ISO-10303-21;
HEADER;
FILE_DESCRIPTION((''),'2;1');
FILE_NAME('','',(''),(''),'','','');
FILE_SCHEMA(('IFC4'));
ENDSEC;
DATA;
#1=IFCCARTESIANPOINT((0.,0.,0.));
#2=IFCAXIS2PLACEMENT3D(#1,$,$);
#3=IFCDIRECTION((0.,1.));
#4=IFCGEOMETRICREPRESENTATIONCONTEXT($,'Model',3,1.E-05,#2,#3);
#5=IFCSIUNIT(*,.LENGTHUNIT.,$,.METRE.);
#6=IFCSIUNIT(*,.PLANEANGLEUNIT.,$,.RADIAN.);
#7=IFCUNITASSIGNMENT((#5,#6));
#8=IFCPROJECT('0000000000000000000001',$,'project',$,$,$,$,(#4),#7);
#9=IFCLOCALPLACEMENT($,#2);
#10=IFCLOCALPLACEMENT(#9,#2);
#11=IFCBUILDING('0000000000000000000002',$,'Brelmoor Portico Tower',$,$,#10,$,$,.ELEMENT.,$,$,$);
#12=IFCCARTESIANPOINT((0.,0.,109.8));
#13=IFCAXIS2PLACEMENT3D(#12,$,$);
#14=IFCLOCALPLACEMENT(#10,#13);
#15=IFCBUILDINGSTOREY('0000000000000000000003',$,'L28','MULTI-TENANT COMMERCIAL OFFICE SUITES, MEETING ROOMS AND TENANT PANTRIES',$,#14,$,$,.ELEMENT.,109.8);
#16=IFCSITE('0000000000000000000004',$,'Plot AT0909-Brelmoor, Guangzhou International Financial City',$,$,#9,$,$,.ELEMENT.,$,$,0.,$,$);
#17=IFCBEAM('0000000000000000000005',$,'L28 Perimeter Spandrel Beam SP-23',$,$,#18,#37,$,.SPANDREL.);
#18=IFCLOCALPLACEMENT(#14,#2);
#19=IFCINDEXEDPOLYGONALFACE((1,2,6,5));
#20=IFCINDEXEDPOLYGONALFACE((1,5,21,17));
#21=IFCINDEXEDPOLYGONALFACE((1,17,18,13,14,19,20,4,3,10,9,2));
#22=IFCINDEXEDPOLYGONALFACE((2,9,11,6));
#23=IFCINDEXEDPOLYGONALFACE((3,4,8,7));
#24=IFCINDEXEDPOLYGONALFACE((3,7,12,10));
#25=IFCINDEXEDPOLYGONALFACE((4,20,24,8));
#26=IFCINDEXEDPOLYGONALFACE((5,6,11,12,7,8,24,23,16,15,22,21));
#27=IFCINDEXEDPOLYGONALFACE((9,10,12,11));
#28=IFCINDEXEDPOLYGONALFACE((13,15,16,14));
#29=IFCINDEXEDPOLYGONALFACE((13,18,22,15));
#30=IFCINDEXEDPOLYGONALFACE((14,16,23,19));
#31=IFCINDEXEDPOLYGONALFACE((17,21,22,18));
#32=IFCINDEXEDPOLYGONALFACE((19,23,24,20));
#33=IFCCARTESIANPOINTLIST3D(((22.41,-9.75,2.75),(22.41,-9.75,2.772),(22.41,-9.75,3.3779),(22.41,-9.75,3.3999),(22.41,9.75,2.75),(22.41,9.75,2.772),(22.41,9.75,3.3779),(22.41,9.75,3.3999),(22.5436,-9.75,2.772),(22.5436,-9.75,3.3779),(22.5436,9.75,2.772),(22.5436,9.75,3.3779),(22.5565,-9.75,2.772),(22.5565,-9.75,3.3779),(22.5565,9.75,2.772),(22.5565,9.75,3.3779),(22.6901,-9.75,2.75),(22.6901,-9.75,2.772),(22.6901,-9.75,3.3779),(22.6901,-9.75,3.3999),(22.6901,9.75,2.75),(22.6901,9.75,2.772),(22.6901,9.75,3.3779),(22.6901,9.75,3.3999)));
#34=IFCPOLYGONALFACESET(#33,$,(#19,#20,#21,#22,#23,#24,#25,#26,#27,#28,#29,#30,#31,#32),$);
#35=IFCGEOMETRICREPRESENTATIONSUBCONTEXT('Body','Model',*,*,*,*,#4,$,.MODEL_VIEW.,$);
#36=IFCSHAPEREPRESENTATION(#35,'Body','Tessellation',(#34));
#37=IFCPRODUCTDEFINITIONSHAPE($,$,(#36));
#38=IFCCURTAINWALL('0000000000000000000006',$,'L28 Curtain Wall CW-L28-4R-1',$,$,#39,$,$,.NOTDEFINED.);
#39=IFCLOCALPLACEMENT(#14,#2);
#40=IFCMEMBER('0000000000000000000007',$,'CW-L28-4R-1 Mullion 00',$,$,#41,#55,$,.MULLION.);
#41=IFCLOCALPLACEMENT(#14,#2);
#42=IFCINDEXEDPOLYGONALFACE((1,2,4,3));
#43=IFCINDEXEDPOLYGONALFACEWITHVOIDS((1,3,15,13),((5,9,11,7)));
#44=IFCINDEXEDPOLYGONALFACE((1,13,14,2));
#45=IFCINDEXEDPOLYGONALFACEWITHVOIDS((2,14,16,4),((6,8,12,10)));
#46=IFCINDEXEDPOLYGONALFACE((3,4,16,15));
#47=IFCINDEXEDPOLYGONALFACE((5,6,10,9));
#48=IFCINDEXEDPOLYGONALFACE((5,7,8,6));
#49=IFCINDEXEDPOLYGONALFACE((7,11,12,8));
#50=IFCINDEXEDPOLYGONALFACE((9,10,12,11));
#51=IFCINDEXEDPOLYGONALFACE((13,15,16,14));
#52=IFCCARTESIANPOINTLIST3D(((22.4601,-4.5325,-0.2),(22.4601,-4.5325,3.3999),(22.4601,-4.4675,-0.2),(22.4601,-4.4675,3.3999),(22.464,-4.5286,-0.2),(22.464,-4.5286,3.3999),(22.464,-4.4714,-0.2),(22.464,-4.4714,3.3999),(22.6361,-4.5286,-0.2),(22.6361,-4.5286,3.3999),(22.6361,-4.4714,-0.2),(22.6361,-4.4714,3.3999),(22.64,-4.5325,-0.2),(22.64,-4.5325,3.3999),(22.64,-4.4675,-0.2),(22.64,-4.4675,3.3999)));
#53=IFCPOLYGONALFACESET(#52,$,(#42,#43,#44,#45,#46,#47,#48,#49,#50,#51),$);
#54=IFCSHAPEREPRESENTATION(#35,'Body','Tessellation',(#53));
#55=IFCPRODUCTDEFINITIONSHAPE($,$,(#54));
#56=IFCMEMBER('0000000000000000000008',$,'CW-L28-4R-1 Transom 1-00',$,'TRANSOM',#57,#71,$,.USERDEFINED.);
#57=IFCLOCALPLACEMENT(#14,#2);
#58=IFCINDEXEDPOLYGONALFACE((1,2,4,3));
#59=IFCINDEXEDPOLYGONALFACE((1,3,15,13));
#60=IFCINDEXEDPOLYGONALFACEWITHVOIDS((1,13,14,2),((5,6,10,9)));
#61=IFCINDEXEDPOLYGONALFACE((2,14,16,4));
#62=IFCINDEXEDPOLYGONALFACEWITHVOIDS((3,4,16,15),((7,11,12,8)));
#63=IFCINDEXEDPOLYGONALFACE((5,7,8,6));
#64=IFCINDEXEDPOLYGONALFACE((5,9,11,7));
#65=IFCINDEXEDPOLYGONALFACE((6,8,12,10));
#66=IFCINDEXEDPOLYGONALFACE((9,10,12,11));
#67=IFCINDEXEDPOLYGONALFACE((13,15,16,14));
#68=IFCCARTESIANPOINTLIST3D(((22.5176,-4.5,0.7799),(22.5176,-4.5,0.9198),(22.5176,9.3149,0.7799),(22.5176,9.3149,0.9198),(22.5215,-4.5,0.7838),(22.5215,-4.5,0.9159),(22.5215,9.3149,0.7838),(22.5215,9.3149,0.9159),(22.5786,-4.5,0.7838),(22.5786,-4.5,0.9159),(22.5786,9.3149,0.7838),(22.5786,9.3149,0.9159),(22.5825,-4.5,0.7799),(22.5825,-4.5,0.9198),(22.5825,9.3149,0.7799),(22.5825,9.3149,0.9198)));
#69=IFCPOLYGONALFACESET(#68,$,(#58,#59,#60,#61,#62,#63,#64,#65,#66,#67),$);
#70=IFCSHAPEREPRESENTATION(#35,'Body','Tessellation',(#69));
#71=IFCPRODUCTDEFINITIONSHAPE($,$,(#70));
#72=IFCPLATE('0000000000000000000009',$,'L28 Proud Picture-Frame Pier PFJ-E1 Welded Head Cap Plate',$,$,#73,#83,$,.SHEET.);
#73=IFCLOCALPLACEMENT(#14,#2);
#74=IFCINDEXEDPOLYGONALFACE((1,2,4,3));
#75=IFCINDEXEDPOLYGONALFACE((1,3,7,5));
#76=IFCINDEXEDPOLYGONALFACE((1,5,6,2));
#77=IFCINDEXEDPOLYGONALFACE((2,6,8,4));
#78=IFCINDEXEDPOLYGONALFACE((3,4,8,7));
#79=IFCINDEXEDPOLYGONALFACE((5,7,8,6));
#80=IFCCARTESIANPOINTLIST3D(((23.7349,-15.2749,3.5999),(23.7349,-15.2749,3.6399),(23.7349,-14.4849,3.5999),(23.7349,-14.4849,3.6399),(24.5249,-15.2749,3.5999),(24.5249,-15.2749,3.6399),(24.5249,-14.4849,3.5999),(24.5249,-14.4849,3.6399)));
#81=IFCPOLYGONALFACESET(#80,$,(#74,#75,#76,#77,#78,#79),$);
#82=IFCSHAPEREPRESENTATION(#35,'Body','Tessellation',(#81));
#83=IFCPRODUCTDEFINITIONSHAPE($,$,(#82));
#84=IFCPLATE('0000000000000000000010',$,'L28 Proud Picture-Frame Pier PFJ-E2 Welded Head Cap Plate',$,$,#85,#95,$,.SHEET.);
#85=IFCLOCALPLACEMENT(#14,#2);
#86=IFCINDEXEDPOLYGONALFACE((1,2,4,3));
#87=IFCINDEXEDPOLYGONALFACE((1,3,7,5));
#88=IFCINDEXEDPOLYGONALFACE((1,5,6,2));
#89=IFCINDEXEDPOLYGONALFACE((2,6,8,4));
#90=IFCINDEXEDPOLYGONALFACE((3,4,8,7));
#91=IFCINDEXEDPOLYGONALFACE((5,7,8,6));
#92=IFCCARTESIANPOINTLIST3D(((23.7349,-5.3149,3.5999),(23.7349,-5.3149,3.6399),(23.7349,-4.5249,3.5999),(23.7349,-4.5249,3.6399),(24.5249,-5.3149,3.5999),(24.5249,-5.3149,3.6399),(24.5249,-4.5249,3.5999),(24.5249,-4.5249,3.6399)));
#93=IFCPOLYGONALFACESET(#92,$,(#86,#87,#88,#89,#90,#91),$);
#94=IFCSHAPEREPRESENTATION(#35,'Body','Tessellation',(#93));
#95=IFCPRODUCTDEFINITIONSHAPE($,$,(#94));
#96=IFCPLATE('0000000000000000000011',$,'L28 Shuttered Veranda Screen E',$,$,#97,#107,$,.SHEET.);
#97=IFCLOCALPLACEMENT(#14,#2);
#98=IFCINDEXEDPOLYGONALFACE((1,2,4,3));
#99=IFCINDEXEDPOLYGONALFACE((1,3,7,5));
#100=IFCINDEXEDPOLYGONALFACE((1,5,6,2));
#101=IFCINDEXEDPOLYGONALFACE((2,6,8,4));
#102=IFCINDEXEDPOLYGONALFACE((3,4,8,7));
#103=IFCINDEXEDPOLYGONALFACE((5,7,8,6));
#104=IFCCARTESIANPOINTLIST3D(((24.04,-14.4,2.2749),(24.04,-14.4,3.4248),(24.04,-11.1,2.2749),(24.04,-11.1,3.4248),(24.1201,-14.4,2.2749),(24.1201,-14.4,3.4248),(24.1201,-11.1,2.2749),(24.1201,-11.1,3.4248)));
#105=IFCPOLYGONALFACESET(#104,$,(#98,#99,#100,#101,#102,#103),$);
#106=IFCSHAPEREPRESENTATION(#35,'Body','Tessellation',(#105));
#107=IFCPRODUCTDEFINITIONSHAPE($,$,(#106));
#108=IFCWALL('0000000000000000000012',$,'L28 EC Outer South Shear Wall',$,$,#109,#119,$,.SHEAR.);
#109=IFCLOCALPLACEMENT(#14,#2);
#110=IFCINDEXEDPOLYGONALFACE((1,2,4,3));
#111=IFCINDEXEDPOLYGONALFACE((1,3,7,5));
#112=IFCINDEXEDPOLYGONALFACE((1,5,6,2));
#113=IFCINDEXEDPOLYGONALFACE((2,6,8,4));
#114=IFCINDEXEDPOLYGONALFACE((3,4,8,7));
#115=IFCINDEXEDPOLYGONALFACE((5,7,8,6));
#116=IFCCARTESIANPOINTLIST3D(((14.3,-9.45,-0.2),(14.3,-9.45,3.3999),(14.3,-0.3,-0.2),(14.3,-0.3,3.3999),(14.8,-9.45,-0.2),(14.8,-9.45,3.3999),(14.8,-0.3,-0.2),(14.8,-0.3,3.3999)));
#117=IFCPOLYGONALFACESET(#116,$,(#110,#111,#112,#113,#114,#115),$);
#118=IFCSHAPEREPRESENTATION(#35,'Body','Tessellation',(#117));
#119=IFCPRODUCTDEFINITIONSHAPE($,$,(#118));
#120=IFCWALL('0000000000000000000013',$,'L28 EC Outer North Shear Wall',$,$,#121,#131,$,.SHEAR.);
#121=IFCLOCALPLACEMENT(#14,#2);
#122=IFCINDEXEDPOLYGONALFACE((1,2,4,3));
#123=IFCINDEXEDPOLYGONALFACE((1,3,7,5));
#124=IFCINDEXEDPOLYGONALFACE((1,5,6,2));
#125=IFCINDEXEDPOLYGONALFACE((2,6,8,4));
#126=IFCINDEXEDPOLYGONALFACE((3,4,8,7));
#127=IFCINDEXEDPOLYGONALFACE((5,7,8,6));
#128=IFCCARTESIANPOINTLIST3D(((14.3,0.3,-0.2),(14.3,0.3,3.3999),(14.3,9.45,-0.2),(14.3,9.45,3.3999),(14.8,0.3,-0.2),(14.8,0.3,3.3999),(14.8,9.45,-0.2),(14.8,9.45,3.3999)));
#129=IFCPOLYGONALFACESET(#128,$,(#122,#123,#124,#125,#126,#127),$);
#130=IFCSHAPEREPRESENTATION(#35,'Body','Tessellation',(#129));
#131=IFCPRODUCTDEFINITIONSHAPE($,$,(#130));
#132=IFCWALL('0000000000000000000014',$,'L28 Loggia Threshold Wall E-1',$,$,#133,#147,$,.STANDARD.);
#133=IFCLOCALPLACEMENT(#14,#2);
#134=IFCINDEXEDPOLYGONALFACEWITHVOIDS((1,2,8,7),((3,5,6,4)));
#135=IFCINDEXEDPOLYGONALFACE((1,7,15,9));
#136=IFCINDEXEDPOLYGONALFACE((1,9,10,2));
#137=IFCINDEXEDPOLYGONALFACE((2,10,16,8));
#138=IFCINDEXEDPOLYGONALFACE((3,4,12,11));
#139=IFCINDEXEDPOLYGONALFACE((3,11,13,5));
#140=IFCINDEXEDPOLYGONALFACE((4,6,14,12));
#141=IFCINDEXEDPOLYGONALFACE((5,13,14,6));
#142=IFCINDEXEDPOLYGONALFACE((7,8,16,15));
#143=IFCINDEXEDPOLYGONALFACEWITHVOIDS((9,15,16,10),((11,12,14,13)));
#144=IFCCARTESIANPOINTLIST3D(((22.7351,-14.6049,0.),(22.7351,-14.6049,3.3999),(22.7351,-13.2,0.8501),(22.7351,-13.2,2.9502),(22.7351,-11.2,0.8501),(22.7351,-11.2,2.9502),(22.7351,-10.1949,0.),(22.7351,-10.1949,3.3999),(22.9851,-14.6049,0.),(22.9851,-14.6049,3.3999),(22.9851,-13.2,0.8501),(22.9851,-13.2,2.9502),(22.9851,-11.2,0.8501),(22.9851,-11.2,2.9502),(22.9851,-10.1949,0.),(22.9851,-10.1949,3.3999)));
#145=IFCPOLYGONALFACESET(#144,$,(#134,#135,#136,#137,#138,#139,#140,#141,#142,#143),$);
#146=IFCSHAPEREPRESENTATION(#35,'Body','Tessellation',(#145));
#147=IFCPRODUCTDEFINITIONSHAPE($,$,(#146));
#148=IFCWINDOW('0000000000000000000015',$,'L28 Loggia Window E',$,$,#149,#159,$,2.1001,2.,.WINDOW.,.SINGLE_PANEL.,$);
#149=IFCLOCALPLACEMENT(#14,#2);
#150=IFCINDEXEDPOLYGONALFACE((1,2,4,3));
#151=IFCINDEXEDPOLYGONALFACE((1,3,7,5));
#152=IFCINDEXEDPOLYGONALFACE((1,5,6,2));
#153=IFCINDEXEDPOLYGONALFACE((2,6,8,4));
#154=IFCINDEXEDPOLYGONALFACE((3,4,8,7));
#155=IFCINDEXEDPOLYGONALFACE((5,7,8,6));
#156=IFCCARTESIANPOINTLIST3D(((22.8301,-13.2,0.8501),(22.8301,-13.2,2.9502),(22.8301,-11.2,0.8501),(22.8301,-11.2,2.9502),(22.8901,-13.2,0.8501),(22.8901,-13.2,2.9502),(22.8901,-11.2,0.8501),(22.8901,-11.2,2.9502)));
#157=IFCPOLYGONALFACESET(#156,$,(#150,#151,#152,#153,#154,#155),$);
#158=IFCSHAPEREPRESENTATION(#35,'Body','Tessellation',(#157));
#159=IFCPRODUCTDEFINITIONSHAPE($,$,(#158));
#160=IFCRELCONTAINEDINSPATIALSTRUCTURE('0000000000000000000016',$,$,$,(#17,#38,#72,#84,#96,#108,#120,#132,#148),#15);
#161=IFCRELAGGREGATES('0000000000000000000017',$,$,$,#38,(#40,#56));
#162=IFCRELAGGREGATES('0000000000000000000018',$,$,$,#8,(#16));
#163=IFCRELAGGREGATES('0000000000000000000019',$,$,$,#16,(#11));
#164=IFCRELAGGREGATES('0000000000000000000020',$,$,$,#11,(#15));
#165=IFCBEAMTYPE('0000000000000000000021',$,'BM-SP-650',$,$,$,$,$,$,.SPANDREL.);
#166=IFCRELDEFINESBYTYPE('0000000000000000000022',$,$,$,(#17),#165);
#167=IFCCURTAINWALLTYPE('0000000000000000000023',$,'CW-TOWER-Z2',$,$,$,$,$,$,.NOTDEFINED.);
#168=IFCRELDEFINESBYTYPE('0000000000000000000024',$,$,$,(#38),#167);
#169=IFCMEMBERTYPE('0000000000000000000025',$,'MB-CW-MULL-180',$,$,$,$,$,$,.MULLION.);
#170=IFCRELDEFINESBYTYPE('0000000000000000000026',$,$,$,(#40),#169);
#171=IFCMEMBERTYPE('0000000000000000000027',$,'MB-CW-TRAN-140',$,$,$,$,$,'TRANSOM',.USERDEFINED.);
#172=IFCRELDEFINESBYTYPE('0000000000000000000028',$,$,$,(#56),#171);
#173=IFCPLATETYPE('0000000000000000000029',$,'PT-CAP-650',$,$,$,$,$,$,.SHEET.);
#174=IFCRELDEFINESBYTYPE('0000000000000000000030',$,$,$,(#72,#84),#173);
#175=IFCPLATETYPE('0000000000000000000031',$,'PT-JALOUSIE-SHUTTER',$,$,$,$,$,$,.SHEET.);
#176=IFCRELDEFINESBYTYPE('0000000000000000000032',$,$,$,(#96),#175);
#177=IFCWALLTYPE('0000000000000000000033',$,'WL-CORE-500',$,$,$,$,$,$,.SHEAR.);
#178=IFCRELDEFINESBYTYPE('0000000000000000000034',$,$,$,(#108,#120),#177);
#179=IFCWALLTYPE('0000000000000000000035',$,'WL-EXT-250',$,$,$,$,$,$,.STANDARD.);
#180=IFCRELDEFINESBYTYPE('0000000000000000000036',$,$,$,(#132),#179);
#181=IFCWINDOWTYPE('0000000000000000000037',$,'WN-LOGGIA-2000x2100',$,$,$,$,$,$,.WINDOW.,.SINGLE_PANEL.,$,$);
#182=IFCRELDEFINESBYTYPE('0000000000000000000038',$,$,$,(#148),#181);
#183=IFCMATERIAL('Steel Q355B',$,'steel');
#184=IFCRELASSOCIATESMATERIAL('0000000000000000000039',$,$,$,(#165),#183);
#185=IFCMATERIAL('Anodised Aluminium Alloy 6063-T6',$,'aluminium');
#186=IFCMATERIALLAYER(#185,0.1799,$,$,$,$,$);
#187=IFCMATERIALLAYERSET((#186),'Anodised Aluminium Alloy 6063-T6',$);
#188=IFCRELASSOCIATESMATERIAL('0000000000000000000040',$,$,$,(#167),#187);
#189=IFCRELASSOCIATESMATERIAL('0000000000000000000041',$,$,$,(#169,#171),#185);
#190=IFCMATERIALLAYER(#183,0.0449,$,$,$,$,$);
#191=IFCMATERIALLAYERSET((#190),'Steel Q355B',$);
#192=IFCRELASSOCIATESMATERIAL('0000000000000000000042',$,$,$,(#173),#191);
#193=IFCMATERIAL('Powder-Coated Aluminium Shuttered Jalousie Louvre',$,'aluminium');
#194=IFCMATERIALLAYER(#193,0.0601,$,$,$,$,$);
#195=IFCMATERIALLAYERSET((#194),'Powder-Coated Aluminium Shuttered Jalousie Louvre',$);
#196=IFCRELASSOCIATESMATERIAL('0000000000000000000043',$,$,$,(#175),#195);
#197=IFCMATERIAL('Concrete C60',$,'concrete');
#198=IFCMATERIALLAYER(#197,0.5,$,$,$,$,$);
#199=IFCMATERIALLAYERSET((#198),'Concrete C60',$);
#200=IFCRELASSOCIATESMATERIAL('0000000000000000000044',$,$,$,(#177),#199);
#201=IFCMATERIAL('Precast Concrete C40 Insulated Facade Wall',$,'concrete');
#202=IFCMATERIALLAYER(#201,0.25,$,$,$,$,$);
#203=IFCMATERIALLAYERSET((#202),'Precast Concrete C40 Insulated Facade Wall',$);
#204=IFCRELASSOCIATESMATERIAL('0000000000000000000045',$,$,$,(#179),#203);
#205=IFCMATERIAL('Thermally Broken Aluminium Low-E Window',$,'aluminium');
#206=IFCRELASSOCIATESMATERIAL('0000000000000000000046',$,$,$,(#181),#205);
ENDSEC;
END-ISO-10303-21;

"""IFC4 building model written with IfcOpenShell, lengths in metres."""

from ifc_helpers import new_model, si_unit, direction, frame, frame_2d, origin, origin_2d, place, context, subcontext, project, spatial, rectangle, hollow_rectangle, i_section, extrude, material, layer, layer_set, material_profile, profile_set, type_object, element, fill, aggregate, save


model = new_model("IFC4")

# Units and contexts
model_context = context("Model", 3, precision=1e-05, world=origin(), true_north=direction((0.0, 1.0)))
body_context = subcontext(model_context, "Body", "Model", "MODEL_VIEW")
ifc_project = project(units=[si_unit("LENGTHUNIT", "METRE"), si_unit("PLANEANGLEUNIT", "RADIAN")], contexts=[model_context])

# Site, building, storey
site_placement = place(None, origin())
site = spatial("IfcSite", under=ifc_project, at=site_placement, Name="Plot AT0909-Brelmoor, Guangzhou International Financial City", CompositionType="ELEMENT", RefElevation=0.0)
building_placement = place(site_placement, origin())
building = spatial("IfcBuilding", under=site, at=building_placement, Name="Brelmoor Portico Tower", CompositionType="ELEMENT")
storey_placement = place(building_placement, frame((0.0, 0.0, 109.8)))
storey = spatial("IfcBuildingStorey", under=building, at=storey_placement, Name="L28", Description="MULTI-TENANT COMMERCIAL OFFICE SUITES, MEETING ROOMS AND TENANT PANTRIES", CompositionType="ELEMENT", Elevation=109.8)

# Shared definitions
ifc_material_1 = material(Name="Steel Q355B", Category="steel")

# Beam
ifc_material_profile_1 = material_profile(ifc_material_1, i_section(OverallWidth=0.28, OverallDepth=0.6499, WebThickness=0.0129, FlangeThickness=0.022, at=origin_2d()), Name="HN 650x280x13x22")
ifc_profile_set_1 = profile_set([ifc_material_profile_1], Name="Steel Q355B")
beam_type_1 = type_object("IfcBeamType", Name="BM-SP-650", PredefinedType="SPANDREL", material=ifc_profile_set_1)
beam_1_placement = place(storey_placement, frame((22.55, -9.75, 3.075), z_axis=(0.0, 1.0, 0.0), x_axis=(-1.0, 0.0, 0.0)))
element("IfcBeam", 1, at=beam_1_placement, inside=storey, type_object=beam_type_1, Name="L28 Perimeter Spandrel Beam SP-23", PredefinedType="SPANDREL", context=body_context, shape_type="SweptSolid", body=[
    extrude(i_section(OverallWidth=0.28, OverallDepth=0.6499, WebThickness=0.0129, FlangeThickness=0.022, at=origin_2d()), origin(), (0.0, 0.0, 1.0), 19.5),
])

# Curtain wall, members
ifc_material_2 = material(Name="Anodised Aluminium Alloy 6063-T6", Category="aluminium")
ifc_layer_1 = layer(ifc_material_2, 0.1799)
ifc_layer_set_1 = layer_set([ifc_layer_1], Name="Anodised Aluminium Alloy 6063-T6")
curtain_wall_type = type_object("IfcCurtainWallType", Name="CW-TOWER-Z2", PredefinedType="NOTDEFINED", material=ifc_layer_set_1)
curtain_wall_placement = place(storey_placement, origin())
curtain_wall = element("IfcCurtainWall", 2, at=curtain_wall_placement, inside=storey, type_object=curtain_wall_type, Name="L28 Curtain Wall CW-L28-4R-1", PredefinedType="NOTDEFINED")
ifc_material_profile_2 = material_profile(ifc_material_2, hollow_rectangle(XDim=0.0649, YDim=0.1799, WallThickness=0.0039, at=origin_2d()), Name="ALU MULLION 65x180")
ifc_profile_set_2 = profile_set([ifc_material_profile_2], Name="Anodised Aluminium Alloy 6063-T6")
member_type_1 = type_object("IfcMemberType", Name="MB-CW-MULL-180", PredefinedType="MULLION", material=ifc_profile_set_2)
member_1_placement = place(storey_placement, frame((22.55, -4.5, -0.2), z_axis=(0.0, 0.0, 1.0), x_axis=(0.0, 1.0, 0.0)))
member_1 = element("IfcMember", 3, at=member_1_placement, type_object=member_type_1, Name="CW-L28-4R-1 Mullion 00", PredefinedType="MULLION", context=body_context, shape_type="SweptSolid", body=[
    extrude(hollow_rectangle(XDim=0.0649, YDim=0.1799, WallThickness=0.0039, at=origin_2d()), origin(), (0.0, 0.0, 1.0), 3.5999),
])
ifc_material_profile_3 = material_profile(ifc_material_2, hollow_rectangle(XDim=0.0649, YDim=0.1399, WallThickness=0.0039, at=origin_2d()), Name="ALU TRANSOM 65x140")
ifc_profile_set_3 = profile_set([ifc_material_profile_3], Name="Anodised Aluminium Alloy 6063-T6")
member_type_2 = type_object("IfcMemberType", Name="MB-CW-TRAN-140", ElementType="TRANSOM", PredefinedType="USERDEFINED", material=ifc_profile_set_3)
member_2_placement = place(storey_placement, frame((22.55, -4.5, 0.8499), z_axis=(0.0, 1.0, 0.0), x_axis=(-1.0, 0.0, 0.0)))
member_2 = element("IfcMember", 4, at=member_2_placement, type_object=member_type_2, Name="CW-L28-4R-1 Transom 1-00", ObjectType="TRANSOM", PredefinedType="USERDEFINED", context=body_context, shape_type="SweptSolid", body=[
    extrude(hollow_rectangle(XDim=0.0649, YDim=0.1399, WallThickness=0.0039, at=origin_2d()), origin(), (0.0, 0.0, 1.0), 13.8149),
])
aggregate(curtain_wall, [member_1, member_2])

# Plates
ifc_layer_2 = layer(ifc_material_1, 0.0449)
ifc_layer_set_2 = layer_set([ifc_layer_2], Name="Steel Q355B")
plate_type_1 = type_object("IfcPlateType", Name="PT-CAP-650", PredefinedType="SHEET", material=ifc_layer_set_2)
for number, where, z_axis, x_axis, name in (
    (5, (24.1299, -14.8799, 3.5999), (0.0, 0.0, 1.0), (0.0, 1.0, 0.0), "L28 Proud Picture-Frame Pier PFJ-E1 Welded Head Cap Plate"),
    (6, (24.1299, -4.9199, 3.5999), (0.0, 0.0, 1.0), (0.0, 1.0, 0.0), "L28 Proud Picture-Frame Pier PFJ-E2 Welded Head Cap Plate"),
):
    element("IfcPlate", number, at=place(storey_placement, frame(where, z_axis=z_axis, x_axis=x_axis)), inside=storey, type_object=plate_type_1, Name=name, PredefinedType="SHEET", context=body_context, shape_type="SweptSolid", body=[
        extrude(rectangle(XDim=0.79, YDim=0.79, at=origin_2d()), origin(), (0.0, 0.0, 1.0), 0.04),
    ])
ifc_material_3 = material(Name="Powder-Coated Aluminium Shuttered Jalousie Louvre", Category="aluminium")
ifc_layer_3 = layer(ifc_material_3, 0.0601)
ifc_layer_set_3 = layer_set([ifc_layer_3], Name="Powder-Coated Aluminium Shuttered Jalousie Louvre")
plate_type_2 = type_object("IfcPlateType", Name="PT-JALOUSIE-SHUTTER", PredefinedType="SHEET", material=ifc_layer_set_3)
plate_placement = place(storey_placement, frame((24.0801, -12.75, 2.2749), z_axis=(0.0, 0.0, 1.0), x_axis=(0.0, 1.0, 0.0)))
element("IfcPlate", 7, at=plate_placement, inside=storey, type_object=plate_type_2, Name="L28 Shuttered Veranda Screen E", PredefinedType="SHEET", context=body_context, shape_type="SweptSolid", body=[
    extrude(rectangle(XDim=3.3, YDim=0.0801, at=origin_2d()), origin(), (0.0, 0.0, 1.0), 1.1499),
])

# Walls
ifc_material_4 = material(Name="Concrete C60", Category="concrete")
ifc_layer_4 = layer(ifc_material_4, 0.5)
ifc_layer_set_4 = layer_set([ifc_layer_4], Name="Concrete C60")
wall_type_1 = type_object("IfcWallType", Name="WL-CORE-500", PredefinedType="SHEAR", material=ifc_layer_set_4)
for number, where, z_axis, x_axis, name in (
    (8, (14.55, -9.45, -0.2), (0.0, 0.0, 1.0), (0.0, 1.0, 0.0), "L28 EC Outer South Shear Wall"),
    (9, (14.55, 0.3, -0.2), (0.0, 0.0, 1.0), (0.0, 1.0, 0.0), "L28 EC Outer North Shear Wall"),
):
    element("IfcWall", number, at=place(storey_placement, frame(where, z_axis=z_axis, x_axis=x_axis)), inside=storey, type_object=wall_type_1, Name=name, PredefinedType="SHEAR", context=body_context, shape_type="SweptSolid", body=[
        extrude(rectangle(XDim=9.1499, YDim=0.5, at=frame_2d((4.575, 0.0))), origin(), (0.0, 0.0, 1.0), 3.5999),
    ])

# Wall, opening, window
ifc_material_5 = material(Name="Precast Concrete C40 Insulated Facade Wall", Category="concrete")
ifc_layer_5 = layer(ifc_material_5, 0.25)
ifc_layer_set_5 = layer_set([ifc_layer_5], Name="Precast Concrete C40 Insulated Facade Wall")
wall_type_2 = type_object("IfcWallType", Name="WL-EXT-250", PredefinedType="STANDARD", material=ifc_layer_set_5)
wall_1_placement = place(storey_placement, frame((22.8601, -14.605, 0.0), z_axis=(0.0, 0.0, 1.0), x_axis=(0.0, 1.0, 0.0)))
wall_1 = element("IfcWall", 10, at=wall_1_placement, inside=storey, type_object=wall_type_2, Name="L28 Loggia Threshold Wall E-1", PredefinedType="STANDARD", context=body_context, shape_type="SweptSolid", body=[
    extrude(rectangle(XDim=4.4099, YDim=0.25, at=frame_2d((2.2051, 0.0))), origin(), (0.0, 0.0, 1.0), 3.3999),
])
opening_1_placement = place(wall_1_placement, frame((1.405, 0.0, 0.8501)))
opening_1 = element("IfcOpeningElement", 11, at=opening_1_placement, cuts=wall_1, PredefinedType="OPENING", context=body_context, shape_type="SweptSolid", body=[
    extrude(rectangle(XDim=2.0, YDim=2.1001, at=frame_2d((1.0, 1.05))), frame((0.0, 0.135, 0.0), z_axis=(0.0, -1.0, 0.0), x_axis=(1.0, 0.0, 0.0)), (0.0, 0.0, 1.0), 0.27),
])
ifc_material_6 = material(Name="Thermally Broken Aluminium Low-E Window", Category="aluminium")
window_type = type_object("IfcWindowType", Name="WN-LOGGIA-2000x2100", PartitioningType="SINGLE_PANEL", PredefinedType="WINDOW", material=ifc_material_6)
window_placement = place(opening_1_placement, origin())
window = element("IfcWindow", 12, at=window_placement, inside=storey, type_object=window_type, Name="L28 Loggia Window E", OverallHeight=2.1001, OverallWidth=2.0, PartitioningType="SINGLE_PANEL", PredefinedType="WINDOW", context=body_context, shape_type="SweptSolid", body=[
    extrude(rectangle(XDim=2.0, YDim=2.1001, at=frame_2d((1.0, 1.05))), frame((0.0, 0.03, 0.0), z_axis=(0.0, -1.0, 0.0), x_axis=(1.0, 0.0, 0.0)), (0.0, 0.0, 1.0), 0.0601),
])
fill(opening_1, window)

save(model, "model.ifc")
